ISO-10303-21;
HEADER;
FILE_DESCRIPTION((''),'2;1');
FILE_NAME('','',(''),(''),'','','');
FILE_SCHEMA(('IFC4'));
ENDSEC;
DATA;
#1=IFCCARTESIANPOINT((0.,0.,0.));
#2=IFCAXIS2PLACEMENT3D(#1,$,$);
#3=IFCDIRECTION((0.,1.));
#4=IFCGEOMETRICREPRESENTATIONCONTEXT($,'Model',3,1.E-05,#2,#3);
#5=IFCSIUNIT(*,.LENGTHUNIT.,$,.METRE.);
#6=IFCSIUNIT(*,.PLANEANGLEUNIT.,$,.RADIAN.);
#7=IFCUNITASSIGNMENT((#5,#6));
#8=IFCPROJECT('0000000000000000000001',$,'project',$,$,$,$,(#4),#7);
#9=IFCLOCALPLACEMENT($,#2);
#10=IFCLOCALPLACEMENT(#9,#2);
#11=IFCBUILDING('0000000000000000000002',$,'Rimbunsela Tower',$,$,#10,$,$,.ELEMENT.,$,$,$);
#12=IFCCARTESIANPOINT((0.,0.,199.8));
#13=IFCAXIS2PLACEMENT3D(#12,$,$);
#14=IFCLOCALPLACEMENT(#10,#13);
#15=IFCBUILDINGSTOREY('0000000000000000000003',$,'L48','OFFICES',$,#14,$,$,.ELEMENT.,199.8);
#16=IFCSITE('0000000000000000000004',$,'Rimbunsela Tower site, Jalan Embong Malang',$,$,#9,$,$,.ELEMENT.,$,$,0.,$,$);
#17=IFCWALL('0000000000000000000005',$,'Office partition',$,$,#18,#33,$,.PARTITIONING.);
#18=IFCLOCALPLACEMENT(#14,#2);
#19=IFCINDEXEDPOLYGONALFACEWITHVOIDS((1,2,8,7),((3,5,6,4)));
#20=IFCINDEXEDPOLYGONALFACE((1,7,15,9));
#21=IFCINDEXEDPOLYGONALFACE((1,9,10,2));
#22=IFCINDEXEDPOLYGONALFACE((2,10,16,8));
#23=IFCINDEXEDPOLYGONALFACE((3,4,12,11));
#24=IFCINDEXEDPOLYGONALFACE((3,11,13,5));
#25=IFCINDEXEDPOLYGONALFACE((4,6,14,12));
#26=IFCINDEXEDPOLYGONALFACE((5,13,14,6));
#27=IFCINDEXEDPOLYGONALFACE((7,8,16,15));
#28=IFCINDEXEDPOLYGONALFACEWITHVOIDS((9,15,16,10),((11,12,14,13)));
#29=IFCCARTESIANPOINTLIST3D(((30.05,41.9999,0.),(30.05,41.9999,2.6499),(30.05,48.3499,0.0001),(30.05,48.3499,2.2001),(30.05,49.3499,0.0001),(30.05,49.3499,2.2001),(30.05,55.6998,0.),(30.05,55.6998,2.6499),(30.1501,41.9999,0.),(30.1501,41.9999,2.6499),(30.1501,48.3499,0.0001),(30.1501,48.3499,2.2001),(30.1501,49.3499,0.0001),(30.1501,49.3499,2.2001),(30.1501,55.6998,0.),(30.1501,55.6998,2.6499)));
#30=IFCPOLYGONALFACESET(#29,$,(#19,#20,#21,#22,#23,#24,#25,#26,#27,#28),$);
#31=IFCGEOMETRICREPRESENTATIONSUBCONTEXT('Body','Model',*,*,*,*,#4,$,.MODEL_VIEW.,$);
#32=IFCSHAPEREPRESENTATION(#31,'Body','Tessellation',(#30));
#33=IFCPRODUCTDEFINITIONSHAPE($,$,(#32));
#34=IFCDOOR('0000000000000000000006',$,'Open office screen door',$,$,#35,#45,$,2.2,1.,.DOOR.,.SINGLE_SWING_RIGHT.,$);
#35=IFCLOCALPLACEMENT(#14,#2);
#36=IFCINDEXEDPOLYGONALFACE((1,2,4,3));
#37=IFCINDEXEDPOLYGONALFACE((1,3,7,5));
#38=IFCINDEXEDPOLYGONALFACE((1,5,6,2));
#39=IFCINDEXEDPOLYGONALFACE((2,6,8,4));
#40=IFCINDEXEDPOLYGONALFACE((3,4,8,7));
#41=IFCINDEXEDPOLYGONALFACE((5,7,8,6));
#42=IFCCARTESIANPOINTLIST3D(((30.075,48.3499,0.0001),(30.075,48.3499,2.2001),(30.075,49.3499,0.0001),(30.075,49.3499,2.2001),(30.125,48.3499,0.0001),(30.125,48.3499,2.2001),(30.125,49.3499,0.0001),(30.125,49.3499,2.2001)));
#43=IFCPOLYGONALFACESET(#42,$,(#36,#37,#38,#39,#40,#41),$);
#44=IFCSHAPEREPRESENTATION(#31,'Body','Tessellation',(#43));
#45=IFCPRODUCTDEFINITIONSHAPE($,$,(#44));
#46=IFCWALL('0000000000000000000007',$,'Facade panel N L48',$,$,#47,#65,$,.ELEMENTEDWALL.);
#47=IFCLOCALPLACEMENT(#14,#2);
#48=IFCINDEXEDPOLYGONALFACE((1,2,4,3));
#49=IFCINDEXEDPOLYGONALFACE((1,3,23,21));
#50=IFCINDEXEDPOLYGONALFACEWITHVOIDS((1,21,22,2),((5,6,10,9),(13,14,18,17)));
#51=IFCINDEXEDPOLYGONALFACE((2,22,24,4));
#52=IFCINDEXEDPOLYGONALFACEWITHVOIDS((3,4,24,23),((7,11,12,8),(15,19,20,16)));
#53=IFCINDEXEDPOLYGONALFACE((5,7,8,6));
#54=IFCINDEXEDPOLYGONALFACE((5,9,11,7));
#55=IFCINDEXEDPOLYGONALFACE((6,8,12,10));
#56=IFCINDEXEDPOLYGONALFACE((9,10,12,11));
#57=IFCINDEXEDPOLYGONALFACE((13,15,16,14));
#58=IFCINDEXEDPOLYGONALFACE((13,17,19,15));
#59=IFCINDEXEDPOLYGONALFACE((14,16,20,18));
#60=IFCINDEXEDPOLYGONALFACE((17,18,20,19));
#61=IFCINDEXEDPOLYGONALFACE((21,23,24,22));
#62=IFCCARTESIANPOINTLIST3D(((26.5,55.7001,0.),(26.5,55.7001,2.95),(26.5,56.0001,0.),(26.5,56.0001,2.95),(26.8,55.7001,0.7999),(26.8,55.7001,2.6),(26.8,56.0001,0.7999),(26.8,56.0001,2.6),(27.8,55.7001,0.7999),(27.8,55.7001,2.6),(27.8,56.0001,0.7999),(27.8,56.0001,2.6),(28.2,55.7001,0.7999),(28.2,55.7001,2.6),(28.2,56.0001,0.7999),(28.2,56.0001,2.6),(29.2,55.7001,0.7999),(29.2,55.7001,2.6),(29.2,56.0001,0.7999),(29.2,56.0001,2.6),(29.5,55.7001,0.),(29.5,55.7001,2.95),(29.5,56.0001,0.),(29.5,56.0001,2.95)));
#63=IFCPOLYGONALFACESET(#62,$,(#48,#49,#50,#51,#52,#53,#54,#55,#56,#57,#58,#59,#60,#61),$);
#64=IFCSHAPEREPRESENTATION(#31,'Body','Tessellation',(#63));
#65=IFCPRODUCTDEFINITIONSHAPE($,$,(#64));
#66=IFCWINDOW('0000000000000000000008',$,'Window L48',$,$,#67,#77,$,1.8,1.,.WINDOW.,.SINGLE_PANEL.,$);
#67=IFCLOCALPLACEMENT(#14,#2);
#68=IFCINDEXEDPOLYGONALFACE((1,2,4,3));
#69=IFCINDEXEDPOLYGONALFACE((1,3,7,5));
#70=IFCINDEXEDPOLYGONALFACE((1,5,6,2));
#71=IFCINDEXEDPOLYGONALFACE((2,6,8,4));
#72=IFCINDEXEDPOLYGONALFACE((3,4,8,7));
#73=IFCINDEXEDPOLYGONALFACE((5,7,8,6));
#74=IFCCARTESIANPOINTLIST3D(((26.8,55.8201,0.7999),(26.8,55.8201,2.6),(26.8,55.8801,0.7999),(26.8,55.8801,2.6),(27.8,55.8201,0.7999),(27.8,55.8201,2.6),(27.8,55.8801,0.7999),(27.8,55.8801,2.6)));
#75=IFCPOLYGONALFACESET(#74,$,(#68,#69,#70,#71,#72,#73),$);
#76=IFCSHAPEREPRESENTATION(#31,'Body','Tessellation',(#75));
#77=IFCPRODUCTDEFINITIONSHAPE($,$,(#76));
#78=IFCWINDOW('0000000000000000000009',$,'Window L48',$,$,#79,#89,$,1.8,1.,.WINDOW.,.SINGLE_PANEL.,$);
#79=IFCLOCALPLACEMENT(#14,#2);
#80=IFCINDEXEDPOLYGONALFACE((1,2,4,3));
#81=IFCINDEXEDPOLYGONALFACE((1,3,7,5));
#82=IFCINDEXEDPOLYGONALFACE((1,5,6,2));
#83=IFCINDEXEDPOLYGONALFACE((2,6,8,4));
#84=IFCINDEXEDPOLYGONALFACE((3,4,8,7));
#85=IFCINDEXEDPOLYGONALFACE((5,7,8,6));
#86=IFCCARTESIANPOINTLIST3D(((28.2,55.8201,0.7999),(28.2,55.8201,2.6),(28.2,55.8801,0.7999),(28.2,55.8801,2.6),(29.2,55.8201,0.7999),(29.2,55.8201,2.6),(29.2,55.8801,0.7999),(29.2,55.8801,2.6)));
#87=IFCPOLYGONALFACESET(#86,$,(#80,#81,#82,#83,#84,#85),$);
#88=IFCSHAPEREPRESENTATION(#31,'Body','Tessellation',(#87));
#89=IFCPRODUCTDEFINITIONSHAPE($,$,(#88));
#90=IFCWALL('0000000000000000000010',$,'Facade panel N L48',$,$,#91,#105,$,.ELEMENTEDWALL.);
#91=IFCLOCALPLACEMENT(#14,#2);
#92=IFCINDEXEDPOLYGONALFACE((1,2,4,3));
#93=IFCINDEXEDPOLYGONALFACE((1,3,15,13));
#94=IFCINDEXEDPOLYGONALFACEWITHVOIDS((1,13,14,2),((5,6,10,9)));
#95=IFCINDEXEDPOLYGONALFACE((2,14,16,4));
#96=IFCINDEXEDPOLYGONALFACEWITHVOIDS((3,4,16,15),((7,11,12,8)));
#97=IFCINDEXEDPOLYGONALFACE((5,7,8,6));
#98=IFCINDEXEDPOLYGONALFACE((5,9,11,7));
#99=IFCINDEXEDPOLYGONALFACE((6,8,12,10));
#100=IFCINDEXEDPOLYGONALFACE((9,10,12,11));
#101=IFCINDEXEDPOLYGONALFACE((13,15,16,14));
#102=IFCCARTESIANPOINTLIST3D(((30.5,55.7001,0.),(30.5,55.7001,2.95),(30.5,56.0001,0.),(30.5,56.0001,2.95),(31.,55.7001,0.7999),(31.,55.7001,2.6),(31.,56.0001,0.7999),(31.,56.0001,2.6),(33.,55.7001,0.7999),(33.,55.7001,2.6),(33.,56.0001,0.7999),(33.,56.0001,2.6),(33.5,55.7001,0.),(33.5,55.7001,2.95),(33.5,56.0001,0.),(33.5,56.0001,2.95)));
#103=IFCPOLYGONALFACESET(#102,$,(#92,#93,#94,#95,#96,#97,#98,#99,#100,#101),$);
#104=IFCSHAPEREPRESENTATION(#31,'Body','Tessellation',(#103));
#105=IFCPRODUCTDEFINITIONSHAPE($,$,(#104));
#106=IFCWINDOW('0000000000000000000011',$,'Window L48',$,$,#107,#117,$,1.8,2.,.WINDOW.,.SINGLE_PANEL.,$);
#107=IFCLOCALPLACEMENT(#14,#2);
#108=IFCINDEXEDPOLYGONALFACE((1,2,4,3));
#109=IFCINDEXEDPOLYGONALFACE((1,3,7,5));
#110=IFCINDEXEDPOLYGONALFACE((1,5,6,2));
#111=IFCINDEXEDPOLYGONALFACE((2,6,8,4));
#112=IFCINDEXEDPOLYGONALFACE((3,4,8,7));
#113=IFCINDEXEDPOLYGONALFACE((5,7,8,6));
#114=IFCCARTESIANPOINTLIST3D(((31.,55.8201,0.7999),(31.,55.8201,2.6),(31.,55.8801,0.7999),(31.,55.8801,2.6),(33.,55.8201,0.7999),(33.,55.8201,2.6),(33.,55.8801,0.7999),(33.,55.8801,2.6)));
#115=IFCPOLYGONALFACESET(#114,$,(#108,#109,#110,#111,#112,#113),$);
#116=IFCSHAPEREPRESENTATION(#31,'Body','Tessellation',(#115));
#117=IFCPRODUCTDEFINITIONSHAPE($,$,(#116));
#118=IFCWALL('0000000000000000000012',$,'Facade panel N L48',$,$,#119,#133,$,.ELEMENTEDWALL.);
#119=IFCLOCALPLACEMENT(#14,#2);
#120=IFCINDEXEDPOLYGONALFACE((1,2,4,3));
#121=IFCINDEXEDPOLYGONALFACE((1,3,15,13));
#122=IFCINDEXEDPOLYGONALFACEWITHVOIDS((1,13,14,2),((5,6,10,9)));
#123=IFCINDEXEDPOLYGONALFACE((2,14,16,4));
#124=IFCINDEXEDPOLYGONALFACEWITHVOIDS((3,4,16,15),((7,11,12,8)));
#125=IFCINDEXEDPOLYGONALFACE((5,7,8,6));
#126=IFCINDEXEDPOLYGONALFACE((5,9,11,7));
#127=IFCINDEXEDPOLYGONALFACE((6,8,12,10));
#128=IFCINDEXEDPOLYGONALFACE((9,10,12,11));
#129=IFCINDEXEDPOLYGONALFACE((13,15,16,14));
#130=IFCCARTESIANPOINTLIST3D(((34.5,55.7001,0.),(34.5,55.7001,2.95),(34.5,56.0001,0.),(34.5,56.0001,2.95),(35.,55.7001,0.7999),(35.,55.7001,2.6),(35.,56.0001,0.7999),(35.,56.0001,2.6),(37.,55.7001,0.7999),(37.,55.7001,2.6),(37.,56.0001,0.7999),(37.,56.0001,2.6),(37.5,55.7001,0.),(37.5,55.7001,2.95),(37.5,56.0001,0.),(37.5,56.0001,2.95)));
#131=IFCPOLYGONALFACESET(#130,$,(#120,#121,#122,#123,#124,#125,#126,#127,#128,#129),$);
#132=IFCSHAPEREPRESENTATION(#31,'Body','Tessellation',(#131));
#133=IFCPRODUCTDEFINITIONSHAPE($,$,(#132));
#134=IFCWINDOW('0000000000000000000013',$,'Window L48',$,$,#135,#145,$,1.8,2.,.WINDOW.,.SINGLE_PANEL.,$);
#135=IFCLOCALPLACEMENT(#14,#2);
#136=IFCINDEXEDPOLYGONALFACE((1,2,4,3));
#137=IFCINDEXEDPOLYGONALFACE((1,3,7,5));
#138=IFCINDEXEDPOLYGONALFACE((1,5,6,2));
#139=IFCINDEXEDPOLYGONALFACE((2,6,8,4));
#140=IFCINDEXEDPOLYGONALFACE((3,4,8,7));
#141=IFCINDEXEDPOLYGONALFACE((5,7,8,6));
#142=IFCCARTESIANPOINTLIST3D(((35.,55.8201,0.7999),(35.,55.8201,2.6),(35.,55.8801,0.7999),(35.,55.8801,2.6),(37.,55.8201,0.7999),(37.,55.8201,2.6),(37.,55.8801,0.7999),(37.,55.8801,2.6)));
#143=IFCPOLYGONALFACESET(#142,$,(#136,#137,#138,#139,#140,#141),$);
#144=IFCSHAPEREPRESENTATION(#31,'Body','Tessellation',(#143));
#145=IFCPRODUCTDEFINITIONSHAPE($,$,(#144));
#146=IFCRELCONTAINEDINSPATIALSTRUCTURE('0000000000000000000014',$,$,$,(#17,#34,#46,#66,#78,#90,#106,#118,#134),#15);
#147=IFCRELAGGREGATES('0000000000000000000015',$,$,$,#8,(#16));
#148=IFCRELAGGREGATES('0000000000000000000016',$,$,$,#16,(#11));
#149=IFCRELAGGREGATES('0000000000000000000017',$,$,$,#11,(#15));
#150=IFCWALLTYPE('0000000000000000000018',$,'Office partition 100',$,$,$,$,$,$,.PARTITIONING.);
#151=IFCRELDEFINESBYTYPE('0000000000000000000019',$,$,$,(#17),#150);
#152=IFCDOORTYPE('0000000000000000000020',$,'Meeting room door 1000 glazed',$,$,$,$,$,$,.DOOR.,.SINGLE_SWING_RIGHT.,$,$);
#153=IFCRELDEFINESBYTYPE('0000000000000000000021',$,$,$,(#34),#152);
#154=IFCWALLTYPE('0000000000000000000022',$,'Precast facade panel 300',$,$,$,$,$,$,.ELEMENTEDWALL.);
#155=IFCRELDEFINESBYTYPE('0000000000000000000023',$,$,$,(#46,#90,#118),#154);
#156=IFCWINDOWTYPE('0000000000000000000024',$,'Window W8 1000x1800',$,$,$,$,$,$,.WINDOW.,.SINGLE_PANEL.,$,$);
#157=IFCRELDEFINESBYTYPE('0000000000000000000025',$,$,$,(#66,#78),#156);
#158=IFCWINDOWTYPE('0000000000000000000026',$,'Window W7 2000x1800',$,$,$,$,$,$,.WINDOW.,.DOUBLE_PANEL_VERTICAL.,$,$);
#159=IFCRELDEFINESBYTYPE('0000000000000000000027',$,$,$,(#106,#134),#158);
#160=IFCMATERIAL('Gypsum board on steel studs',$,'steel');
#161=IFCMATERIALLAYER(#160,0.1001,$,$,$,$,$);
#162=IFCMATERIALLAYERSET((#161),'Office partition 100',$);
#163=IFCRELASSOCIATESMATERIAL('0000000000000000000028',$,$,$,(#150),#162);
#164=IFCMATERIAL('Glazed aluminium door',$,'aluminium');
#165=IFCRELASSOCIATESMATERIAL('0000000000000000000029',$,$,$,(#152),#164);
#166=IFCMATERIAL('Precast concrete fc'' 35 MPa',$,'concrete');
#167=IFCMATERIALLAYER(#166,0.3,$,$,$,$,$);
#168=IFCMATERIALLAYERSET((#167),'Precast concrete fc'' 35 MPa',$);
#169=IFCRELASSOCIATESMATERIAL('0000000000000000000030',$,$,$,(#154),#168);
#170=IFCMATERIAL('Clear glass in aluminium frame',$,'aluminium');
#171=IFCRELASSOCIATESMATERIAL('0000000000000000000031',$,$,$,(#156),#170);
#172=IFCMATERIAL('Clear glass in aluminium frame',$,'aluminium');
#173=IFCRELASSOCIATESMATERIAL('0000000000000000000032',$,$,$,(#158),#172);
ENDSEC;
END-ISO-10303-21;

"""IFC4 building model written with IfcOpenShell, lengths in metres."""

from ifc_helpers import new_model, si_unit, direction, frame, frame_2d, origin, place, context, subcontext, project, spatial, rectangle, extrude, material, layer, layer_set, type_object, element, fill, save


model = new_model("IFC4")

# Units and contexts
model_context = context("Model", 3, precision=1e-05, world=origin(), true_north=direction((0.0, 1.0)))
body_context = subcontext(model_context, "Body", "Model", "MODEL_VIEW")
ifc_project = project(units=[si_unit("LENGTHUNIT", "METRE"), si_unit("PLANEANGLEUNIT", "RADIAN")], contexts=[model_context])

# Site, building, storey
site_placement = place(None, origin())
site = spatial("IfcSite", under=ifc_project, at=site_placement, Name="Rimbunsela Tower site, Jalan Embong Malang", CompositionType="ELEMENT", RefElevation=0.0)
building_placement = place(site_placement, origin())
building = spatial("IfcBuilding", under=site, at=building_placement, Name="Rimbunsela Tower", CompositionType="ELEMENT")
storey_placement = place(building_placement, frame((0.0, 0.0, 199.8)))
storey = spatial("IfcBuildingStorey", under=building, at=storey_placement, Name="L48", Description="OFFICES", CompositionType="ELEMENT", Elevation=199.8)

# Wall, opening, door
ifc_material_1 = material(Name="Gypsum board on steel studs", Category="steel")
ifc_layer_1 = layer(ifc_material_1, 0.1001)
ifc_layer_set_1 = layer_set([ifc_layer_1], Name="Office partition 100")
wall_type_1 = type_object("IfcWallType", Name="Office partition 100", PredefinedType="PARTITIONING", material=ifc_layer_set_1)
wall_1_placement = place(storey_placement, frame((30.1001, 55.7, 0.0), z_axis=(0.0, 0.0, 1.0), x_axis=(0.0, -1.0, 0.0)))
wall_1 = element("IfcWall", 1, at=wall_1_placement, inside=storey, type_object=wall_type_1, Name="Office partition", PredefinedType="PARTITIONING", context=body_context, shape_type="SweptSolid", body=[
    extrude(rectangle(XDim=13.7, YDim=0.1001, at=frame_2d((6.8501, 0.0))), origin(), (0.0, 0.0, 1.0), 2.6499),
])
opening_1_placement = place(wall_1_placement, frame((6.3501, 0.0, 0.0)))
opening_1 = element("IfcOpeningElement", 2, at=opening_1_placement, cuts=wall_1, PredefinedType="OPENING", context=body_context, shape_type="SweptSolid", body=[
    extrude(rectangle(XDim=1.0, YDim=2.2, at=frame_2d((0.5, 1.1001))), frame((0.0, 0.0601, 0.0), z_axis=(0.0, -1.0, 0.0), x_axis=(1.0, 0.0, 0.0)), (0.0, 0.0, 1.0), 0.1201),
])
ifc_material_2 = material(Name="Glazed aluminium door", Category="aluminium")
door_type = type_object("IfcDoorType", Name="Meeting room door 1000 glazed", OperationType="SINGLE_SWING_RIGHT", PredefinedType="DOOR", material=ifc_material_2)
door_placement = place(opening_1_placement, origin())
door = element("IfcDoor", 3, at=door_placement, inside=storey, type_object=door_type, Name="Open office screen door", OperationType="SINGLE_SWING_RIGHT", OverallHeight=2.2, OverallWidth=1.0, PredefinedType="DOOR", context=body_context, shape_type="SweptSolid", body=[
    extrude(rectangle(XDim=1.0, YDim=2.2, at=frame_2d((0.5, 1.1001))), frame((0.0, 0.0249, 0.0), z_axis=(0.0, -1.0, 0.0), x_axis=(1.0, 0.0, 0.0)), (0.0, 0.0, 1.0), 0.05),
])
fill(opening_1, door)

# Wall, openings, windows
ifc_material_3 = material(Name="Precast concrete fc' 35 MPa", Category="concrete")
ifc_layer_2 = layer(ifc_material_3, 0.3)
ifc_layer_set_2 = layer_set([ifc_layer_2], Name="Precast concrete fc' 35 MPa")
wall_type_2 = type_object("IfcWallType", Name="Precast facade panel 300", PredefinedType="ELEMENTEDWALL", material=ifc_layer_set_2)
wall_2_placement = place(storey_placement, frame((29.5, 55.8501, 0.0), z_axis=(0.0, 0.0, 1.0), x_axis=(-1.0, 0.0, 0.0)))
wall_2 = element("IfcWall", 4, at=wall_2_placement, inside=storey, type_object=wall_type_2, Name="Facade panel N L48", PredefinedType="ELEMENTEDWALL", context=body_context, shape_type="SweptSolid", body=[
    extrude(rectangle(XDim=3.0, YDim=0.3, at=frame_2d((1.5, 0.0))), origin(), (0.0, 0.0, 1.0), 2.95),
])
opening_2_placement = place(wall_2_placement, frame((1.7, 0.0, 0.8)))
opening_2 = element("IfcOpeningElement", 5, at=opening_2_placement, cuts=wall_2, PredefinedType="OPENING", context=body_context, shape_type="SweptSolid", body=[
    extrude(rectangle(XDim=1.0, YDim=1.8, at=frame_2d((0.5, 0.8999))), frame((0.0, 0.1599, 0.0), z_axis=(0.0, -1.0, 0.0), x_axis=(1.0, 0.0, 0.0)), (0.0, 0.0, 1.0), 0.3201),
])
opening_3_placement = place(wall_2_placement, frame((0.3, 0.0, 0.8)))
opening_3 = element("IfcOpeningElement", 6, at=opening_3_placement, cuts=wall_2, PredefinedType="OPENING", context=body_context, shape_type="SweptSolid", body=[
    extrude(rectangle(XDim=1.0, YDim=1.8, at=frame_2d((0.5, 0.8999))), frame((0.0, 0.1599, 0.0), z_axis=(0.0, -1.0, 0.0), x_axis=(1.0, 0.0, 0.0)), (0.0, 0.0, 1.0), 0.3201),
])
ifc_material_4 = material(Name="Clear glass in aluminium frame", Category="aluminium")
window_type_1 = type_object("IfcWindowType", Name="Window W8 1000x1800", PartitioningType="SINGLE_PANEL", PredefinedType="WINDOW", material=ifc_material_4)
window_1_placement = place(opening_2_placement, origin())
window_1 = element("IfcWindow", 7, at=window_1_placement, inside=storey, type_object=window_type_1, Name="Window L48", OverallHeight=1.8, OverallWidth=1.0, PartitioningType="SINGLE_PANEL", PredefinedType="WINDOW", context=body_context, shape_type="SweptSolid", body=[
    extrude(rectangle(XDim=1.0, YDim=1.8, at=frame_2d((0.5, 0.8999))), frame((0.0, 0.03, 0.0), z_axis=(0.0, -1.0, 0.0), x_axis=(1.0, 0.0, 0.0)), (0.0, 0.0, 1.0), 0.0601),
])
fill(opening_2, window_1)
window_2_placement = place(opening_3_placement, origin())
window_2 = element("IfcWindow", 8, at=window_2_placement, inside=storey, type_object=window_type_1, Name="Window L48", OverallHeight=1.8, OverallWidth=1.0, PartitioningType="SINGLE_PANEL", PredefinedType="WINDOW", context=body_context, shape_type="SweptSolid", body=[
    extrude(rectangle(XDim=1.0, YDim=1.8, at=frame_2d((0.5, 0.8999))), frame((0.0, 0.03, 0.0), z_axis=(0.0, -1.0, 0.0), x_axis=(1.0, 0.0, 0.0)), (0.0, 0.0, 1.0), 0.0601),
])
fill(opening_3, window_2)

# Walls, openings, windows
wall_3_placement = place(storey_placement, frame((33.5, 55.8501, 0.0), z_axis=(0.0, 0.0, 1.0), x_axis=(-1.0, 0.0, 0.0)))
wall_3 = element("IfcWall", 9, at=wall_3_placement, inside=storey, type_object=wall_type_2, Name="Facade panel N L48", PredefinedType="ELEMENTEDWALL", context=body_context, shape_type="SweptSolid", body=[
    extrude(rectangle(XDim=3.0, YDim=0.3, at=frame_2d((1.5, 0.0))), origin(), (0.0, 0.0, 1.0), 2.95),
])
opening_4_placement = place(wall_3_placement, frame((0.5, 0.0, 0.8)))
opening_4 = element("IfcOpeningElement", 10, at=opening_4_placement, cuts=wall_3, PredefinedType="OPENING", context=body_context, shape_type="SweptSolid", body=[
    extrude(rectangle(XDim=2.0, YDim=1.8, at=frame_2d((1.0, 0.8999))), frame((0.0, 0.1599, 0.0), z_axis=(0.0, -1.0, 0.0), x_axis=(1.0, 0.0, 0.0)), (0.0, 0.0, 1.0), 0.3201),
])
ifc_material_5 = material(Name="Clear glass in aluminium frame", Category="aluminium")
window_type_2 = type_object("IfcWindowType", Name="Window W7 2000x1800", PartitioningType="DOUBLE_PANEL_VERTICAL", PredefinedType="WINDOW", material=ifc_material_5)
window_3_placement = place(opening_4_placement, origin())
window_3 = element("IfcWindow", 11, at=window_3_placement, inside=storey, type_object=window_type_2, Name="Window L48", OverallHeight=1.8, OverallWidth=2.0, PartitioningType="SINGLE_PANEL", PredefinedType="WINDOW", context=body_context, shape_type="SweptSolid", body=[
    extrude(rectangle(XDim=2.0, YDim=1.8, at=frame_2d((1.0, 0.8999))), frame((0.0, 0.03, 0.0), z_axis=(0.0, -1.0, 0.0), x_axis=(1.0, 0.0, 0.0)), (0.0, 0.0, 1.0), 0.0601),
])
fill(opening_4, window_3)
wall_4_placement = place(storey_placement, frame((37.5, 55.8501, 0.0), z_axis=(0.0, 0.0, 1.0), x_axis=(-1.0, 0.0, 0.0)))
wall_4 = element("IfcWall", 12, at=wall_4_placement, inside=storey, type_object=wall_type_2, Name="Facade panel N L48", PredefinedType="ELEMENTEDWALL", context=body_context, shape_type="SweptSolid", body=[
    extrude(rectangle(XDim=3.0, YDim=0.3, at=frame_2d((1.5, 0.0))), origin(), (0.0, 0.0, 1.0), 2.95),
])
opening_5_placement = place(wall_4_placement, frame((0.5, 0.0, 0.8)))
opening_5 = element("IfcOpeningElement", 13, at=opening_5_placement, cuts=wall_4, PredefinedType="OPENING", context=body_context, shape_type="SweptSolid", body=[
    extrude(rectangle(XDim=2.0, YDim=1.8, at=frame_2d((1.0, 0.8999))), frame((0.0, 0.1599, 0.0), z_axis=(0.0, -1.0, 0.0), x_axis=(1.0, 0.0, 0.0)), (0.0, 0.0, 1.0), 0.3201),
])
window_4_placement = place(opening_5_placement, origin())
window_4 = element("IfcWindow", 14, at=window_4_placement, inside=storey, type_object=window_type_2, Name="Window L48", OverallHeight=1.8, OverallWidth=2.0, PartitioningType="SINGLE_PANEL", PredefinedType="WINDOW", context=body_context, shape_type="SweptSolid", body=[
    extrude(rectangle(XDim=2.0, YDim=1.8, at=frame_2d((1.0, 0.8999))), frame((0.0, 0.03, 0.0), z_axis=(0.0, -1.0, 0.0), x_axis=(1.0, 0.0, 0.0)), (0.0, 0.0, 1.0), 0.0601),
])
fill(opening_5, window_4)

save(model, "model.ifc")
